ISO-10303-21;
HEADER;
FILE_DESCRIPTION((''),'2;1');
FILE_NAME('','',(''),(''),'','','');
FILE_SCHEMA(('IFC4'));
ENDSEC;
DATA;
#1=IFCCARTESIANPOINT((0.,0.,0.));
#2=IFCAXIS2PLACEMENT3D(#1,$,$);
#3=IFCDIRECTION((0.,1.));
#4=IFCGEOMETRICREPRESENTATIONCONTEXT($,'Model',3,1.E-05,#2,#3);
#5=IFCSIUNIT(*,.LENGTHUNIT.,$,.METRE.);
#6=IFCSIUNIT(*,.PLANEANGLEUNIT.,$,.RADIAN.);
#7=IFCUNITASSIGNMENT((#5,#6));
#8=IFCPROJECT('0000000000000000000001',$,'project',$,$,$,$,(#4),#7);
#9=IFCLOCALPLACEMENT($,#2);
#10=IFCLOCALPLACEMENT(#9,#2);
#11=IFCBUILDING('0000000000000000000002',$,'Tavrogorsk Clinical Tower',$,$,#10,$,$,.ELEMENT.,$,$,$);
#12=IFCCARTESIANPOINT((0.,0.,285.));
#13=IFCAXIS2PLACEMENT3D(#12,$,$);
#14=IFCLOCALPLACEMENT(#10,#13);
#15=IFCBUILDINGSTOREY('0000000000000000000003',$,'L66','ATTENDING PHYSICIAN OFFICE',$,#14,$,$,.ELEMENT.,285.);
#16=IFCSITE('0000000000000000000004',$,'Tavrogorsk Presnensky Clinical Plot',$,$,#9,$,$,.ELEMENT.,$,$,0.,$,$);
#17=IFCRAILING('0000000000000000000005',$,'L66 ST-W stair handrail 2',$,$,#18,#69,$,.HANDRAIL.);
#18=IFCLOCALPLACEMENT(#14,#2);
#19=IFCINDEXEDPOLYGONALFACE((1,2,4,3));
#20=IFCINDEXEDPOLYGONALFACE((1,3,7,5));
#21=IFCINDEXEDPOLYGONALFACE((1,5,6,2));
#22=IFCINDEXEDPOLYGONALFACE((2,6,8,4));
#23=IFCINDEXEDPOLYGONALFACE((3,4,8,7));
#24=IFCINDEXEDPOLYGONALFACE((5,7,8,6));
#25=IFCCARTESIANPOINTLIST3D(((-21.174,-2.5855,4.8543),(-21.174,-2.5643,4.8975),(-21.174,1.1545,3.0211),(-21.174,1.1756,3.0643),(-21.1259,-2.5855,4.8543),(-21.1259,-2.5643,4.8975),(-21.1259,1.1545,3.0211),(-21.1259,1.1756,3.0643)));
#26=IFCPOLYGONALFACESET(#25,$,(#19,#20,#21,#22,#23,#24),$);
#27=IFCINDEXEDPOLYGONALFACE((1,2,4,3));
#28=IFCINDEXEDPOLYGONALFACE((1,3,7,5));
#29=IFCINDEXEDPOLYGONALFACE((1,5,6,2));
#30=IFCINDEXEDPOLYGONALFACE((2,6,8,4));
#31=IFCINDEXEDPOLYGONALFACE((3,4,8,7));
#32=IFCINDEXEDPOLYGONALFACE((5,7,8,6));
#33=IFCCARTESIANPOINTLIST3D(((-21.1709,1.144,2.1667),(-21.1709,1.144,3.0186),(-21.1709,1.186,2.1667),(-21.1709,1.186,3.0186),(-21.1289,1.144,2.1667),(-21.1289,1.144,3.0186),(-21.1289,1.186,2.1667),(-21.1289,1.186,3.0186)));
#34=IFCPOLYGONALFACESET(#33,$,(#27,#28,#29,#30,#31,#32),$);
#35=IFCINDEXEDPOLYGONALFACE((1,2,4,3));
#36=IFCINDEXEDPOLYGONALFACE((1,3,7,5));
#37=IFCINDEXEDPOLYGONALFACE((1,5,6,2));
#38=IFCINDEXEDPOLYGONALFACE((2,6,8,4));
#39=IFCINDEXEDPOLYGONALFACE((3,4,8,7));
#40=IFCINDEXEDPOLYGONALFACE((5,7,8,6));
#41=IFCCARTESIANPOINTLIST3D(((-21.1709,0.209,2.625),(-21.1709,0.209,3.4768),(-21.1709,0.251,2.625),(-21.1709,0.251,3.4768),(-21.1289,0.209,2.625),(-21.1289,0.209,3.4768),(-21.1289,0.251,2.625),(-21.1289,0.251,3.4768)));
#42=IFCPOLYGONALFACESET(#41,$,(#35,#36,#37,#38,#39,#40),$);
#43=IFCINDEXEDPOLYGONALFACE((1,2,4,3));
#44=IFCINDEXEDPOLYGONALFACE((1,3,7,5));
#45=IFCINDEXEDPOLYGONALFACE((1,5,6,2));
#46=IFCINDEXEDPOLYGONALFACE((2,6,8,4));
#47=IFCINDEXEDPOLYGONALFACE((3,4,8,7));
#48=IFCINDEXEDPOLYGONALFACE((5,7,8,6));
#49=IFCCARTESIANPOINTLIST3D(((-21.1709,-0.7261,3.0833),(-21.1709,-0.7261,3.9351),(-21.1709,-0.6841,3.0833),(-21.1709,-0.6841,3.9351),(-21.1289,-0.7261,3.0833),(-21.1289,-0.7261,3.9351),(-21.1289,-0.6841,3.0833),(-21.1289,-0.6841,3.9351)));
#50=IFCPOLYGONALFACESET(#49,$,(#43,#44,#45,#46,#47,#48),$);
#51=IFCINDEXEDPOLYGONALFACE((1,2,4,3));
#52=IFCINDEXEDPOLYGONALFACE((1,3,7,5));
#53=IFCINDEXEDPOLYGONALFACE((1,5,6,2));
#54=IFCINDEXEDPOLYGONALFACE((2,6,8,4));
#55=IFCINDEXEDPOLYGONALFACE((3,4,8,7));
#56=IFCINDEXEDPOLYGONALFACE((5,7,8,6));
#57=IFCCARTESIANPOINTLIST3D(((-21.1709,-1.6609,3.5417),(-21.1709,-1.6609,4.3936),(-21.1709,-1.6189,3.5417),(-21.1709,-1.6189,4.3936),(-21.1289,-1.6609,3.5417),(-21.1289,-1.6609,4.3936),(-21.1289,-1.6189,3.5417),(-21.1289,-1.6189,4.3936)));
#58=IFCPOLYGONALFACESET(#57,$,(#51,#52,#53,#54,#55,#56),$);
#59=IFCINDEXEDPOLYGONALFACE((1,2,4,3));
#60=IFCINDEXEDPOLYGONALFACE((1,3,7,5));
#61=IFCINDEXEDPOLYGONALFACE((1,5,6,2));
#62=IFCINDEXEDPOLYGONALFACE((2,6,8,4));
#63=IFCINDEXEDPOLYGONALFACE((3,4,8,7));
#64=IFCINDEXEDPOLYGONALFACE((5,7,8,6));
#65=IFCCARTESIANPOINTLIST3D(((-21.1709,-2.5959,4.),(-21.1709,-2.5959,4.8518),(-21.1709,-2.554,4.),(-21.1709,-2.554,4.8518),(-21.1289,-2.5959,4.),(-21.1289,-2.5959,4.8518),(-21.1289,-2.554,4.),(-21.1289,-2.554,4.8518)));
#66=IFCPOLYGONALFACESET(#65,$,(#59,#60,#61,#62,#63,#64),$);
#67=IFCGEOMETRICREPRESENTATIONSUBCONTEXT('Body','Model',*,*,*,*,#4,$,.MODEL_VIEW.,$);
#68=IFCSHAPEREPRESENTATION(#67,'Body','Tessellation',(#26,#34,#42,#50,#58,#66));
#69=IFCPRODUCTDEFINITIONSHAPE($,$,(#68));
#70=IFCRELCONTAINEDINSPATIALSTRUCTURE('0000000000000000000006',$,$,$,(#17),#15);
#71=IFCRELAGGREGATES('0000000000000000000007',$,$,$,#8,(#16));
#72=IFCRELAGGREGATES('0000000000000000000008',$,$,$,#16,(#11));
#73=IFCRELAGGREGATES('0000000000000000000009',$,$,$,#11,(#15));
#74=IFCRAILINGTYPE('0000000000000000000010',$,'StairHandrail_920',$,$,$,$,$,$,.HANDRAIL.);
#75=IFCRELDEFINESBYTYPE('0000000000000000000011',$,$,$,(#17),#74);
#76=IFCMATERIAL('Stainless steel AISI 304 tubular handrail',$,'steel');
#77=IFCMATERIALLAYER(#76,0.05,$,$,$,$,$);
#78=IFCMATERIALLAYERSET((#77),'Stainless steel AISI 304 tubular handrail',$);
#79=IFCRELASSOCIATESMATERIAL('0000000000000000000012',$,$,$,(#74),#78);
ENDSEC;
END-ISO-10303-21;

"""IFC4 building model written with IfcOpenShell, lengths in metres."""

from ifc_helpers import new_model, si_unit, direction, frame, origin, origin_2d, place, context, subcontext, project, spatial, rectangle, extrude, material, layer, layer_set, type_object, element, save


model = new_model("IFC4")

# Units and contexts
model_context = context("Model", 3, precision=1e-05, world=origin(), true_north=direction((0.0, 1.0)))
body_context = subcontext(model_context, "Body", "Model", "MODEL_VIEW")
ifc_project = project(units=[si_unit("LENGTHUNIT", "METRE"), si_unit("PLANEANGLEUNIT", "RADIAN")], contexts=[model_context])

# Site, building, storey
site_placement = place(None, origin())
site = spatial("IfcSite", under=ifc_project, at=site_placement, Name="Tavrogorsk Presnensky Clinical Plot", CompositionType="ELEMENT", RefElevation=0.0)
building_placement = place(site_placement, origin())
building = spatial("IfcBuilding", under=site, at=building_placement, Name="Tavrogorsk Clinical Tower", CompositionType="ELEMENT")
storey_placement = place(building_placement, frame((0.0, 0.0, 285.0)))
storey = spatial("IfcBuildingStorey", under=building, at=storey_placement, Name="L66", Description="ATTENDING PHYSICIAN OFFICE", CompositionType="ELEMENT", Elevation=285.0)

# Railing
ifc_material_1 = material(Name="Stainless steel AISI 304 tubular handrail", Category="steel")
ifc_layer_1 = layer(ifc_material_1, 0.05)
ifc_layer_set_1 = layer_set([ifc_layer_1], Name="Stainless steel AISI 304 tubular handrail")
railing_type_1 = type_object("IfcRailingType", Name="StairHandrail_920", PredefinedType="HANDRAIL", material=ifc_layer_set_1)
railing_1_placement = place(storey_placement, frame((-21.1499, 1.165, 2.1667)))
element("IfcRailing", 1, at=railing_1_placement, inside=storey, type_object=railing_type_1, Name="L66 ST-W stair handrail 2", PredefinedType="HANDRAIL", context=body_context, shape_type="SweptSolid", body=[
    extrude(rectangle(XDim=0.0481, YDim=0.0481, at=origin_2d()), frame((0.0, 0.0, 0.876), z_axis=(0.0, -0.897928, 0.440142), x_axis=(1.0, 0.0, 0.0)), (0.0, 0.0, 1.0), 4.165),
    extrude(rectangle(XDim=0.042, YDim=0.042, at=origin_2d()), origin(), (0.0, 0.0, 1.0), 0.8518),
    extrude(rectangle(XDim=0.042, YDim=0.042, at=origin_2d()), frame((0.0, -0.9351, 0.4583)), (0.0, 0.0, 1.0), 0.8518),
    extrude(rectangle(XDim=0.042, YDim=0.042, at=origin_2d()), frame((0.0, -1.8701, 0.9165)), (0.0, 0.0, 1.0), 0.8518),
    extrude(rectangle(XDim=0.042, YDim=0.042, at=origin_2d()), frame((0.0, -2.8049, 1.375)), (0.0, 0.0, 1.0), 0.8518),
    extrude(rectangle(XDim=0.042, YDim=0.042, at=origin_2d()), frame((0.0, -3.74, 1.8333)), (0.0, 0.0, 1.0), 0.8518),
])

save(model, "model.ifc")
